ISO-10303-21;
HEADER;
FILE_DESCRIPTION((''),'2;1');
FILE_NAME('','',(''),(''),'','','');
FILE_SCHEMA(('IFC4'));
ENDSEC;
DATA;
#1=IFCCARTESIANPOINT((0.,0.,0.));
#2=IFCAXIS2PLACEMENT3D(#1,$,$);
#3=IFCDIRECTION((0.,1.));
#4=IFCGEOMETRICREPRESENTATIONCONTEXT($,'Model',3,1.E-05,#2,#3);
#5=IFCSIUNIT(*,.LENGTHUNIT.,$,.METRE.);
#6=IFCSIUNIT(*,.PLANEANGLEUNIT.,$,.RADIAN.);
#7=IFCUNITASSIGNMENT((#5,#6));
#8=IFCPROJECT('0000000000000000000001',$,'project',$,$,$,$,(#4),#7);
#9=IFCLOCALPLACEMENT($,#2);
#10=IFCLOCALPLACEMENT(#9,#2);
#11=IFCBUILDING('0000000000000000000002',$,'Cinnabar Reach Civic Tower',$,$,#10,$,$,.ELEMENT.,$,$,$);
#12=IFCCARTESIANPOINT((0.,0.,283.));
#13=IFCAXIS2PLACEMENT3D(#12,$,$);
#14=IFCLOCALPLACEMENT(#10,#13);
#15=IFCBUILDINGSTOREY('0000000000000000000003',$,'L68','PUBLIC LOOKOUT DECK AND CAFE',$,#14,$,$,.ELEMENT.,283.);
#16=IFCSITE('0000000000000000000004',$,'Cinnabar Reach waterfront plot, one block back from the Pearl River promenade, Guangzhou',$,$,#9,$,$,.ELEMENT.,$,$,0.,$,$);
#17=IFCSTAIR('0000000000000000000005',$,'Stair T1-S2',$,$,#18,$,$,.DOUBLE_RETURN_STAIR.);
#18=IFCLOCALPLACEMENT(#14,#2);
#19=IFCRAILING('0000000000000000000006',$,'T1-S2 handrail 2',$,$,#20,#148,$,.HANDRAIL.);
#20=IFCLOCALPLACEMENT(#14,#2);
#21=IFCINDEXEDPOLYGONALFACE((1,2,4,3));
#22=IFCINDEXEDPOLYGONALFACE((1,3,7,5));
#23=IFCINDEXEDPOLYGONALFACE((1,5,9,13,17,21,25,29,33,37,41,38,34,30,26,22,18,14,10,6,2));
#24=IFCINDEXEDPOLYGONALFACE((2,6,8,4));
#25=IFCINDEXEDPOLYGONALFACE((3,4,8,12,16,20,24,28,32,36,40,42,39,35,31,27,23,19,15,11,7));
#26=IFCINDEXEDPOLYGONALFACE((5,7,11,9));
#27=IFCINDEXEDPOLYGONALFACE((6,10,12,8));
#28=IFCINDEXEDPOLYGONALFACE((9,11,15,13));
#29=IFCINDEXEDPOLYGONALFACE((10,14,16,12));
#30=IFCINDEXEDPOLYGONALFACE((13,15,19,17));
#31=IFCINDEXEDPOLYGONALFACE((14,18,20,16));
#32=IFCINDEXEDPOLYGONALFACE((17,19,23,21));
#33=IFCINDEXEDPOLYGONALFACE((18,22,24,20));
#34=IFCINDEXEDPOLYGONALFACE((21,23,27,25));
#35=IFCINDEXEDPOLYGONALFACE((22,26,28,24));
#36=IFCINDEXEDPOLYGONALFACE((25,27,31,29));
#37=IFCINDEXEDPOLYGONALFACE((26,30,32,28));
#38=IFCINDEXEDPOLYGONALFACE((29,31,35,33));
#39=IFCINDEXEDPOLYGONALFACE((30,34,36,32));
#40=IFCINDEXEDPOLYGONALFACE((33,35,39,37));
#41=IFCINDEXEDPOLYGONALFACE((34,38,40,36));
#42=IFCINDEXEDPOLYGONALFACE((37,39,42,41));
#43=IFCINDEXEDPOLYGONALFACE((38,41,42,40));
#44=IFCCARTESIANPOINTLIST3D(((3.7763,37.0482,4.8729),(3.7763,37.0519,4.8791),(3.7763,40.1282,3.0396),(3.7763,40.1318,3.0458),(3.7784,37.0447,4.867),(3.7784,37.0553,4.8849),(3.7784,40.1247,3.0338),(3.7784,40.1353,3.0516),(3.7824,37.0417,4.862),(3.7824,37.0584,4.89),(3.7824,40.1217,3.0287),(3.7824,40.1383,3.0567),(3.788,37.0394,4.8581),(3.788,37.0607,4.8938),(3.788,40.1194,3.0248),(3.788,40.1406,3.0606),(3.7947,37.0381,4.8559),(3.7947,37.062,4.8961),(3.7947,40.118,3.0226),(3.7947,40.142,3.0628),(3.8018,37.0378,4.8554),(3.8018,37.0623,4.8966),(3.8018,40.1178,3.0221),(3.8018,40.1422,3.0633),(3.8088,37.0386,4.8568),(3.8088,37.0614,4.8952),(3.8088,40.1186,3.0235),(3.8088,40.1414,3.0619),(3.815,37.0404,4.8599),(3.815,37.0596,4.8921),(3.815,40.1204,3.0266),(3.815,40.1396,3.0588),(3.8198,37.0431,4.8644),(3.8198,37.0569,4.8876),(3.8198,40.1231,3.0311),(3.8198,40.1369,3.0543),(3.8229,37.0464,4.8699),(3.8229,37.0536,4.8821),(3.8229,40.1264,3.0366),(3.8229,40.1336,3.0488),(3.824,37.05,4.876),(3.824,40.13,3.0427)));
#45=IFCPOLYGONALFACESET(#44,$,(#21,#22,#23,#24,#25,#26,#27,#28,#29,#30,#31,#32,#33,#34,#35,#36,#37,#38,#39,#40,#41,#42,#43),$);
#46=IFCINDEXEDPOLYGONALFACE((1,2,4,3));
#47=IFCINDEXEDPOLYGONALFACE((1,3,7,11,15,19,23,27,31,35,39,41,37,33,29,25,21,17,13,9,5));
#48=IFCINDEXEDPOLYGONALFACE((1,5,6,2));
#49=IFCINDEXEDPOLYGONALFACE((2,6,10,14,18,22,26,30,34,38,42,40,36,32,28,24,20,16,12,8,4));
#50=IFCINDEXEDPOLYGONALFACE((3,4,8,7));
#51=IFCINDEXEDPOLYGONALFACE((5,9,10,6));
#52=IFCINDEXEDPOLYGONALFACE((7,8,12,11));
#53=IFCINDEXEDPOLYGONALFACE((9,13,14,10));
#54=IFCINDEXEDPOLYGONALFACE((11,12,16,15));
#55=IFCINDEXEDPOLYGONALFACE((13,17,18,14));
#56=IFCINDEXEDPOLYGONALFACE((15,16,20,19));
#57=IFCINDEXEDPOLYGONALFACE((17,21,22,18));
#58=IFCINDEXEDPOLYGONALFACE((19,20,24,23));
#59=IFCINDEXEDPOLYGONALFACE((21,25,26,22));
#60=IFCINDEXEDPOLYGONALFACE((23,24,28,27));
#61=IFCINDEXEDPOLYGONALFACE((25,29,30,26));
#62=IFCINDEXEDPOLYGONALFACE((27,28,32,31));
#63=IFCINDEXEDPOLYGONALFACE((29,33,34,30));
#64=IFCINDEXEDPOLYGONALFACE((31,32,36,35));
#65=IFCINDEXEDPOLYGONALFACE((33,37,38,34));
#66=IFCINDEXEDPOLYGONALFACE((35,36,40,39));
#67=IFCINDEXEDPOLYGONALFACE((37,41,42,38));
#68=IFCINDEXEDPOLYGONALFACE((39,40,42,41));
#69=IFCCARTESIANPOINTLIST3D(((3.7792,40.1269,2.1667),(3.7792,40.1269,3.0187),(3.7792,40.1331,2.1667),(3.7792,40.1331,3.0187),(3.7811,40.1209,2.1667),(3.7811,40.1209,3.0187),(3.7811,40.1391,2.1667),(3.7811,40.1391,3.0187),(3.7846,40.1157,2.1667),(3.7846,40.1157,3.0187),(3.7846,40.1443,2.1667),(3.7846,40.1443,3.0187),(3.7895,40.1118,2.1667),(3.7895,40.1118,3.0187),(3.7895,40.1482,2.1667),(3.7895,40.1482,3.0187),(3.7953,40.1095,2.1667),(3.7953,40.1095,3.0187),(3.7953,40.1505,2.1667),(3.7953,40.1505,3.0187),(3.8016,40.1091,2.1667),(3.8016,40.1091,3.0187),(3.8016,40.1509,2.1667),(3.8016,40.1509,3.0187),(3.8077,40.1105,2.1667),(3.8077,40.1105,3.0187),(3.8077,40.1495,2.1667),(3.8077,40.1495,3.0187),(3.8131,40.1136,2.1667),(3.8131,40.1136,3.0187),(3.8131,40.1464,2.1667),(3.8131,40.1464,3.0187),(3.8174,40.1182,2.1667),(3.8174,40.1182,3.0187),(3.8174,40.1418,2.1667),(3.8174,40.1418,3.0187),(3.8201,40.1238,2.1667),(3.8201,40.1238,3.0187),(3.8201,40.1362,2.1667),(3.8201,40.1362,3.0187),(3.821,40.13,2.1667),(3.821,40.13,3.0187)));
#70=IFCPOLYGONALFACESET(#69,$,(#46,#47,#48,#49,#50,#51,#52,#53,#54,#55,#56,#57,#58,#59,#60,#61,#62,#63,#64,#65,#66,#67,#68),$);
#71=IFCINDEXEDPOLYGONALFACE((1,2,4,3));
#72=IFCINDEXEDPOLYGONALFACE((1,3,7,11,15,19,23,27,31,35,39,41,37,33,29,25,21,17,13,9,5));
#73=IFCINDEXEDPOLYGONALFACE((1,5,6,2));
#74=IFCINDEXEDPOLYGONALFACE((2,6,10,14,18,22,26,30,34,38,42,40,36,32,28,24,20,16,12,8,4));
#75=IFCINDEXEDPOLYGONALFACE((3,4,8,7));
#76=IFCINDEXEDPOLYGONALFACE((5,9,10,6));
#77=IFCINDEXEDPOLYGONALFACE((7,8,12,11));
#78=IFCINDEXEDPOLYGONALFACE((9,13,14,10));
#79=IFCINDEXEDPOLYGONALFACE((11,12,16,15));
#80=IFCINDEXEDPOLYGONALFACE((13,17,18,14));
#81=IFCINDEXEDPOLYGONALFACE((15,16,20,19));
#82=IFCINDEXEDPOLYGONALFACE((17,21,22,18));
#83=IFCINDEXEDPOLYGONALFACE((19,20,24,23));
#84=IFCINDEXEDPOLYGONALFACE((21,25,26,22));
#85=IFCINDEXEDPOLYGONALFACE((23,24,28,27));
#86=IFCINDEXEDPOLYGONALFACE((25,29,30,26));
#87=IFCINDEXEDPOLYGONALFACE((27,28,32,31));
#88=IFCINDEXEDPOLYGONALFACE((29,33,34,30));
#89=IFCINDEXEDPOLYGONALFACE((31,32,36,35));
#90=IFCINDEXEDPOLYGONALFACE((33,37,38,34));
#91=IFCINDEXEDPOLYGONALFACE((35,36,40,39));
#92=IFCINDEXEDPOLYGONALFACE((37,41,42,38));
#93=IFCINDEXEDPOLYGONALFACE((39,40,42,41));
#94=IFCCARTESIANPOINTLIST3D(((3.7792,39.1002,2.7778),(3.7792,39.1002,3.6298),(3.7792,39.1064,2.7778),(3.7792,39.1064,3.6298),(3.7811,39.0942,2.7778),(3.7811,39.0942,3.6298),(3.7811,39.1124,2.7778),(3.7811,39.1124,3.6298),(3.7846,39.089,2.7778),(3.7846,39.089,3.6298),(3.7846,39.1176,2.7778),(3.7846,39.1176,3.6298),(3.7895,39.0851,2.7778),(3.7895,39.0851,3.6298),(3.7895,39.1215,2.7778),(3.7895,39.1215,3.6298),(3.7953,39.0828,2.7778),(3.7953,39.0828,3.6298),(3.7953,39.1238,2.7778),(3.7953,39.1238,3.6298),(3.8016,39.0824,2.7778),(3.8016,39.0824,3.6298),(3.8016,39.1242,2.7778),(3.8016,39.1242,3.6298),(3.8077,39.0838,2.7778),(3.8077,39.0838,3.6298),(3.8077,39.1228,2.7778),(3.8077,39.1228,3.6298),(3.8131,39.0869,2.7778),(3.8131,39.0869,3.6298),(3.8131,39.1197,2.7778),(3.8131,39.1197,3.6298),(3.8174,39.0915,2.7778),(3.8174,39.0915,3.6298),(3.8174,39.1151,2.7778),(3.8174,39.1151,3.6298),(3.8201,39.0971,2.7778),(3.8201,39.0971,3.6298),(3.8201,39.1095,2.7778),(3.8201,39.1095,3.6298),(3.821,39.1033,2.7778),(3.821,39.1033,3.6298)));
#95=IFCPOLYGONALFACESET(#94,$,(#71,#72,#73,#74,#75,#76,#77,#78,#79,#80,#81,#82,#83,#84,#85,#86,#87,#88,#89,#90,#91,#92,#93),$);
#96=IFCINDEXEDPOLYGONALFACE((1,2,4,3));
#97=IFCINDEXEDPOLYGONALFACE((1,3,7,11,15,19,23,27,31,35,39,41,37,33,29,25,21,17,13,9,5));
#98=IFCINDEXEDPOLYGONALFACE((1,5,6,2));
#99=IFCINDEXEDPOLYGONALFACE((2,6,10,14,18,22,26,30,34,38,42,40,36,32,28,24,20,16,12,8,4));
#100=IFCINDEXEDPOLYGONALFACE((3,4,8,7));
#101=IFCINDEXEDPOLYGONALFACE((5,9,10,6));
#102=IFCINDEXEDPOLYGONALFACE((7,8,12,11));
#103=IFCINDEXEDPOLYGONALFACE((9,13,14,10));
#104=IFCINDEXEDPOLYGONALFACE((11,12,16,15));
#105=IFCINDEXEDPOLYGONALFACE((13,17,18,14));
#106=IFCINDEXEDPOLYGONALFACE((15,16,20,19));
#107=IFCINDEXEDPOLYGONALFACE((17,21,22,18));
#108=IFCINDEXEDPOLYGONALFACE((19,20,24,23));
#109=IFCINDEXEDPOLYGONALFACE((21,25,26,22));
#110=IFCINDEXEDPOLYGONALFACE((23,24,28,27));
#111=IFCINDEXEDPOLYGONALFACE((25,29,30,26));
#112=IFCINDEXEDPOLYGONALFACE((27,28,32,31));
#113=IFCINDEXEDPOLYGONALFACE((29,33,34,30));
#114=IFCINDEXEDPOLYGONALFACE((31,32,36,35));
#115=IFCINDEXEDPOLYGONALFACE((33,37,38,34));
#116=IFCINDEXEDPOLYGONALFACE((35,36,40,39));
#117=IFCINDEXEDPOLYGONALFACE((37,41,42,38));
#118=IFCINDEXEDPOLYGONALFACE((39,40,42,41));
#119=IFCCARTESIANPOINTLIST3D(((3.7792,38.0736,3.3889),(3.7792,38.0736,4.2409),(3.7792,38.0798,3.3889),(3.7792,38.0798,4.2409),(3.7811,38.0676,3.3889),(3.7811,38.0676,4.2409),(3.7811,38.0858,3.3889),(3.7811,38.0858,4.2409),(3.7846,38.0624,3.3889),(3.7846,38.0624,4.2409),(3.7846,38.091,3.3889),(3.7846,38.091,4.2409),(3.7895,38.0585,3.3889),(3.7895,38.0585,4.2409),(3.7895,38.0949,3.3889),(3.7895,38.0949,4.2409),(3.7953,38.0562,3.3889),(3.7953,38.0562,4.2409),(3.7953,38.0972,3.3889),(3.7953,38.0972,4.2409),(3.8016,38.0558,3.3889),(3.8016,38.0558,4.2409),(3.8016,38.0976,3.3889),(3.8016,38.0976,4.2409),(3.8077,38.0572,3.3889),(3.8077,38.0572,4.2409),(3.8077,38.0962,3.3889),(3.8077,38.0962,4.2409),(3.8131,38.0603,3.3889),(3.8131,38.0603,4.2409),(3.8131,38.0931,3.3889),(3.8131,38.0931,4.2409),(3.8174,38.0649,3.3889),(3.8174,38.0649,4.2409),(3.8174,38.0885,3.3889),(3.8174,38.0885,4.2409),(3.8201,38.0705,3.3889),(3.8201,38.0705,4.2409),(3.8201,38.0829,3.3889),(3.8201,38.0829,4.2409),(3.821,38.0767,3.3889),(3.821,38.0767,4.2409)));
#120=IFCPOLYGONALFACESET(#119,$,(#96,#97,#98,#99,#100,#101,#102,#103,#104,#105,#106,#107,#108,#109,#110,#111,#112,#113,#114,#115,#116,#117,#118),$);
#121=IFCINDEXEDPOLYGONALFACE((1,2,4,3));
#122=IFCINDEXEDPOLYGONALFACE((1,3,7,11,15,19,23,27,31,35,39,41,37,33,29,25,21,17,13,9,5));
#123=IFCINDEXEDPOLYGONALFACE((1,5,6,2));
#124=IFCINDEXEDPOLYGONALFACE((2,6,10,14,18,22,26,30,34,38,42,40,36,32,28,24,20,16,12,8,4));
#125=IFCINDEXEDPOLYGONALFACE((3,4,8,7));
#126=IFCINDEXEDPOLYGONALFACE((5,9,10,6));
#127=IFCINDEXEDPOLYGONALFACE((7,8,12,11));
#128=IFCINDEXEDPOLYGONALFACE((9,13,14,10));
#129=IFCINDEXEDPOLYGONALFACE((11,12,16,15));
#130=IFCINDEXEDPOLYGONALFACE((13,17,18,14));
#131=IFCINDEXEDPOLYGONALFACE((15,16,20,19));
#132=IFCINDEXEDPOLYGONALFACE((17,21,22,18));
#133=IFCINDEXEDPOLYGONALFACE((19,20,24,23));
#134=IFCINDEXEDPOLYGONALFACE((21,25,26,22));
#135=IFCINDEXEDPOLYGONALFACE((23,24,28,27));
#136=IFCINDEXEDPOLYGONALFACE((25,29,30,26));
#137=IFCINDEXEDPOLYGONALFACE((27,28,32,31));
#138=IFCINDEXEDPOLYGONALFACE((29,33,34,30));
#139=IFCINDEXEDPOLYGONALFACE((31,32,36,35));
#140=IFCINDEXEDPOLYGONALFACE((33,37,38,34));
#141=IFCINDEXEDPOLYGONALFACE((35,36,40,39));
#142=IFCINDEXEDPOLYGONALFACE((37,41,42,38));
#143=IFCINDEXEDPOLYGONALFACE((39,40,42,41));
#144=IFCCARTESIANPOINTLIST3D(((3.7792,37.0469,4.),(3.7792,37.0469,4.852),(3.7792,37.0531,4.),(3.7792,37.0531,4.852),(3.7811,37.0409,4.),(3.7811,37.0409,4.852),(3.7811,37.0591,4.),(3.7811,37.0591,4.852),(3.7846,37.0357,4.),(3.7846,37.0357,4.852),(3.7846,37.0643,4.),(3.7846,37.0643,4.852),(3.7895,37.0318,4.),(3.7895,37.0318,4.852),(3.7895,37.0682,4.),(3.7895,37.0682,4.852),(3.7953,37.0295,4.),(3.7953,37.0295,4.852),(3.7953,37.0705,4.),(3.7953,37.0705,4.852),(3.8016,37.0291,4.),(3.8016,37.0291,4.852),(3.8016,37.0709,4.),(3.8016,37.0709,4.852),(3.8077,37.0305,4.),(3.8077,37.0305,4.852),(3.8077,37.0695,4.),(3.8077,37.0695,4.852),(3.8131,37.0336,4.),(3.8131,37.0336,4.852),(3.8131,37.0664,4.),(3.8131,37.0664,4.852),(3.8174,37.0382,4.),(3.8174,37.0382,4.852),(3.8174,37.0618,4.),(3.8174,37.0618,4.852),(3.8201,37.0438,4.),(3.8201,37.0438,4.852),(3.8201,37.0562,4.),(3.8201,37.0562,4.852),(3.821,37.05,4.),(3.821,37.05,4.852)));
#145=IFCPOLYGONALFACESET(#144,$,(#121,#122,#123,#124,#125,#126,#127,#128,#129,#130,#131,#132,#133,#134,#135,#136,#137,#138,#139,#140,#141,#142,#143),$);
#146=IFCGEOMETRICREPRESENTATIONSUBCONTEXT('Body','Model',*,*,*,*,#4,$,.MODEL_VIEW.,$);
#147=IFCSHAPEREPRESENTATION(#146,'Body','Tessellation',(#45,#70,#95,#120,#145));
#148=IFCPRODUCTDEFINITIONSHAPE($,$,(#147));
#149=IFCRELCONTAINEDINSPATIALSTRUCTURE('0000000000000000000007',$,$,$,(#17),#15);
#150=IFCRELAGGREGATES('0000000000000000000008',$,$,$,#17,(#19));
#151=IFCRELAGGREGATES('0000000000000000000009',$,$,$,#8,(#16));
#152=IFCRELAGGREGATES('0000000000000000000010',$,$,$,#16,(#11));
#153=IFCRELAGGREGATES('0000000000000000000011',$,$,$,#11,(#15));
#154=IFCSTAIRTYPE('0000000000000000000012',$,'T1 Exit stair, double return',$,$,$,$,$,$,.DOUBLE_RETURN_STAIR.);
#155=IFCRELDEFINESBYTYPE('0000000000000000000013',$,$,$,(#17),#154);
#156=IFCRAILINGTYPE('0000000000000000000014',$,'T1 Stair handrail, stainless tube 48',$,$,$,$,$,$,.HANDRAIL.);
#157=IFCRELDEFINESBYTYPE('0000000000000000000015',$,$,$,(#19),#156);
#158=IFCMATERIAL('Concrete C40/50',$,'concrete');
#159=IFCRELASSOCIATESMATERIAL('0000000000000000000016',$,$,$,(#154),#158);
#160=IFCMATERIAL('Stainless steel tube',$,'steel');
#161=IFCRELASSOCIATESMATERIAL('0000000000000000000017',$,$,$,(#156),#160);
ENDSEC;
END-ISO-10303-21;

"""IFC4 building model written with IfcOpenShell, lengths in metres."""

from ifc_helpers import new_model, si_unit, direction, frame, origin, origin_2d, place, context, subcontext, project, spatial, circle, extrude, material, type_object, element, aggregate, save


model = new_model("IFC4")

# Units and contexts
model_context = context("Model", 3, precision=1e-05, world=origin(), true_north=direction((0.0, 1.0)))
body_context = subcontext(model_context, "Body", "Model", "MODEL_VIEW")
ifc_project = project(units=[si_unit("LENGTHUNIT", "METRE"), si_unit("PLANEANGLEUNIT", "RADIAN")], contexts=[model_context])

# Site, building, storey
site_placement = place(None, origin())
site = spatial("IfcSite", under=ifc_project, at=site_placement, Name="Cinnabar Reach waterfront plot, one block back from the Pearl River promenade, Guangzhou", CompositionType="ELEMENT", RefElevation=0.0)
building_placement = place(site_placement, origin())
building = spatial("IfcBuilding", under=site, at=building_placement, Name="Cinnabar Reach Civic Tower", CompositionType="ELEMENT")
storey_placement = place(building_placement, frame((0.0, 0.0, 283.0)))
storey = spatial("IfcBuildingStorey", under=building, at=storey_placement, Name="L68", Description="PUBLIC LOOKOUT DECK AND CAFE", CompositionType="ELEMENT", Elevation=283.0)

# Shared definitions
ifc_material_1 = material(Name="Concrete C40/50", Category="concrete")

# Stair, railing
stair_type = type_object("IfcStairType", Name="T1 Exit stair, double return", PredefinedType="DOUBLE_RETURN_STAIR", material=ifc_material_1)
stair_placement = place(storey_placement, origin())
stair = element("IfcStair", 1, at=stair_placement, inside=storey, type_object=stair_type, Name="Stair T1-S2", PredefinedType="DOUBLE_RETURN_STAIR")
ifc_material_2 = material(Name="Stainless steel tube", Category="steel")
railing_type = type_object("IfcRailingType", Name="T1 Stair handrail, stainless tube 48", PredefinedType="HANDRAIL", material=ifc_material_2)
railing_1_placement = place(storey_placement, frame((3.8, 40.13, 2.1667)))
railing_1 = element("IfcRailing", 2, at=railing_1_placement, type_object=railing_type, Name="T1-S2 handrail 2", PredefinedType="HANDRAIL", context=body_context, shape_type="SweptSolid", body=[
    extrude(circle(Radius=0.024, at=origin_2d()), frame((0.0, 0.0, 0.876), z_axis=(0.0, -0.859297, 0.511477), x_axis=(1.0, 0.0, 0.0)), (0.0, 0.0, 1.0), 3.5843),
    extrude(circle(Radius=0.021, at=origin_2d()), origin(), (0.0, 0.0, 1.0), 0.852),
    extrude(circle(Radius=0.021, at=origin_2d()), frame((0.0, -1.0267, 0.6111)), (0.0, 0.0, 1.0), 0.852),
    extrude(circle(Radius=0.021, at=origin_2d()), frame((0.0, -2.0533, 1.2222)), (0.0, 0.0, 1.0), 0.852),
    extrude(circle(Radius=0.021, at=origin_2d()), frame((0.0, -3.08, 1.8333)), (0.0, 0.0, 1.0), 0.852),
])
aggregate(stair, [railing_1])

save(model, "model.ifc")
